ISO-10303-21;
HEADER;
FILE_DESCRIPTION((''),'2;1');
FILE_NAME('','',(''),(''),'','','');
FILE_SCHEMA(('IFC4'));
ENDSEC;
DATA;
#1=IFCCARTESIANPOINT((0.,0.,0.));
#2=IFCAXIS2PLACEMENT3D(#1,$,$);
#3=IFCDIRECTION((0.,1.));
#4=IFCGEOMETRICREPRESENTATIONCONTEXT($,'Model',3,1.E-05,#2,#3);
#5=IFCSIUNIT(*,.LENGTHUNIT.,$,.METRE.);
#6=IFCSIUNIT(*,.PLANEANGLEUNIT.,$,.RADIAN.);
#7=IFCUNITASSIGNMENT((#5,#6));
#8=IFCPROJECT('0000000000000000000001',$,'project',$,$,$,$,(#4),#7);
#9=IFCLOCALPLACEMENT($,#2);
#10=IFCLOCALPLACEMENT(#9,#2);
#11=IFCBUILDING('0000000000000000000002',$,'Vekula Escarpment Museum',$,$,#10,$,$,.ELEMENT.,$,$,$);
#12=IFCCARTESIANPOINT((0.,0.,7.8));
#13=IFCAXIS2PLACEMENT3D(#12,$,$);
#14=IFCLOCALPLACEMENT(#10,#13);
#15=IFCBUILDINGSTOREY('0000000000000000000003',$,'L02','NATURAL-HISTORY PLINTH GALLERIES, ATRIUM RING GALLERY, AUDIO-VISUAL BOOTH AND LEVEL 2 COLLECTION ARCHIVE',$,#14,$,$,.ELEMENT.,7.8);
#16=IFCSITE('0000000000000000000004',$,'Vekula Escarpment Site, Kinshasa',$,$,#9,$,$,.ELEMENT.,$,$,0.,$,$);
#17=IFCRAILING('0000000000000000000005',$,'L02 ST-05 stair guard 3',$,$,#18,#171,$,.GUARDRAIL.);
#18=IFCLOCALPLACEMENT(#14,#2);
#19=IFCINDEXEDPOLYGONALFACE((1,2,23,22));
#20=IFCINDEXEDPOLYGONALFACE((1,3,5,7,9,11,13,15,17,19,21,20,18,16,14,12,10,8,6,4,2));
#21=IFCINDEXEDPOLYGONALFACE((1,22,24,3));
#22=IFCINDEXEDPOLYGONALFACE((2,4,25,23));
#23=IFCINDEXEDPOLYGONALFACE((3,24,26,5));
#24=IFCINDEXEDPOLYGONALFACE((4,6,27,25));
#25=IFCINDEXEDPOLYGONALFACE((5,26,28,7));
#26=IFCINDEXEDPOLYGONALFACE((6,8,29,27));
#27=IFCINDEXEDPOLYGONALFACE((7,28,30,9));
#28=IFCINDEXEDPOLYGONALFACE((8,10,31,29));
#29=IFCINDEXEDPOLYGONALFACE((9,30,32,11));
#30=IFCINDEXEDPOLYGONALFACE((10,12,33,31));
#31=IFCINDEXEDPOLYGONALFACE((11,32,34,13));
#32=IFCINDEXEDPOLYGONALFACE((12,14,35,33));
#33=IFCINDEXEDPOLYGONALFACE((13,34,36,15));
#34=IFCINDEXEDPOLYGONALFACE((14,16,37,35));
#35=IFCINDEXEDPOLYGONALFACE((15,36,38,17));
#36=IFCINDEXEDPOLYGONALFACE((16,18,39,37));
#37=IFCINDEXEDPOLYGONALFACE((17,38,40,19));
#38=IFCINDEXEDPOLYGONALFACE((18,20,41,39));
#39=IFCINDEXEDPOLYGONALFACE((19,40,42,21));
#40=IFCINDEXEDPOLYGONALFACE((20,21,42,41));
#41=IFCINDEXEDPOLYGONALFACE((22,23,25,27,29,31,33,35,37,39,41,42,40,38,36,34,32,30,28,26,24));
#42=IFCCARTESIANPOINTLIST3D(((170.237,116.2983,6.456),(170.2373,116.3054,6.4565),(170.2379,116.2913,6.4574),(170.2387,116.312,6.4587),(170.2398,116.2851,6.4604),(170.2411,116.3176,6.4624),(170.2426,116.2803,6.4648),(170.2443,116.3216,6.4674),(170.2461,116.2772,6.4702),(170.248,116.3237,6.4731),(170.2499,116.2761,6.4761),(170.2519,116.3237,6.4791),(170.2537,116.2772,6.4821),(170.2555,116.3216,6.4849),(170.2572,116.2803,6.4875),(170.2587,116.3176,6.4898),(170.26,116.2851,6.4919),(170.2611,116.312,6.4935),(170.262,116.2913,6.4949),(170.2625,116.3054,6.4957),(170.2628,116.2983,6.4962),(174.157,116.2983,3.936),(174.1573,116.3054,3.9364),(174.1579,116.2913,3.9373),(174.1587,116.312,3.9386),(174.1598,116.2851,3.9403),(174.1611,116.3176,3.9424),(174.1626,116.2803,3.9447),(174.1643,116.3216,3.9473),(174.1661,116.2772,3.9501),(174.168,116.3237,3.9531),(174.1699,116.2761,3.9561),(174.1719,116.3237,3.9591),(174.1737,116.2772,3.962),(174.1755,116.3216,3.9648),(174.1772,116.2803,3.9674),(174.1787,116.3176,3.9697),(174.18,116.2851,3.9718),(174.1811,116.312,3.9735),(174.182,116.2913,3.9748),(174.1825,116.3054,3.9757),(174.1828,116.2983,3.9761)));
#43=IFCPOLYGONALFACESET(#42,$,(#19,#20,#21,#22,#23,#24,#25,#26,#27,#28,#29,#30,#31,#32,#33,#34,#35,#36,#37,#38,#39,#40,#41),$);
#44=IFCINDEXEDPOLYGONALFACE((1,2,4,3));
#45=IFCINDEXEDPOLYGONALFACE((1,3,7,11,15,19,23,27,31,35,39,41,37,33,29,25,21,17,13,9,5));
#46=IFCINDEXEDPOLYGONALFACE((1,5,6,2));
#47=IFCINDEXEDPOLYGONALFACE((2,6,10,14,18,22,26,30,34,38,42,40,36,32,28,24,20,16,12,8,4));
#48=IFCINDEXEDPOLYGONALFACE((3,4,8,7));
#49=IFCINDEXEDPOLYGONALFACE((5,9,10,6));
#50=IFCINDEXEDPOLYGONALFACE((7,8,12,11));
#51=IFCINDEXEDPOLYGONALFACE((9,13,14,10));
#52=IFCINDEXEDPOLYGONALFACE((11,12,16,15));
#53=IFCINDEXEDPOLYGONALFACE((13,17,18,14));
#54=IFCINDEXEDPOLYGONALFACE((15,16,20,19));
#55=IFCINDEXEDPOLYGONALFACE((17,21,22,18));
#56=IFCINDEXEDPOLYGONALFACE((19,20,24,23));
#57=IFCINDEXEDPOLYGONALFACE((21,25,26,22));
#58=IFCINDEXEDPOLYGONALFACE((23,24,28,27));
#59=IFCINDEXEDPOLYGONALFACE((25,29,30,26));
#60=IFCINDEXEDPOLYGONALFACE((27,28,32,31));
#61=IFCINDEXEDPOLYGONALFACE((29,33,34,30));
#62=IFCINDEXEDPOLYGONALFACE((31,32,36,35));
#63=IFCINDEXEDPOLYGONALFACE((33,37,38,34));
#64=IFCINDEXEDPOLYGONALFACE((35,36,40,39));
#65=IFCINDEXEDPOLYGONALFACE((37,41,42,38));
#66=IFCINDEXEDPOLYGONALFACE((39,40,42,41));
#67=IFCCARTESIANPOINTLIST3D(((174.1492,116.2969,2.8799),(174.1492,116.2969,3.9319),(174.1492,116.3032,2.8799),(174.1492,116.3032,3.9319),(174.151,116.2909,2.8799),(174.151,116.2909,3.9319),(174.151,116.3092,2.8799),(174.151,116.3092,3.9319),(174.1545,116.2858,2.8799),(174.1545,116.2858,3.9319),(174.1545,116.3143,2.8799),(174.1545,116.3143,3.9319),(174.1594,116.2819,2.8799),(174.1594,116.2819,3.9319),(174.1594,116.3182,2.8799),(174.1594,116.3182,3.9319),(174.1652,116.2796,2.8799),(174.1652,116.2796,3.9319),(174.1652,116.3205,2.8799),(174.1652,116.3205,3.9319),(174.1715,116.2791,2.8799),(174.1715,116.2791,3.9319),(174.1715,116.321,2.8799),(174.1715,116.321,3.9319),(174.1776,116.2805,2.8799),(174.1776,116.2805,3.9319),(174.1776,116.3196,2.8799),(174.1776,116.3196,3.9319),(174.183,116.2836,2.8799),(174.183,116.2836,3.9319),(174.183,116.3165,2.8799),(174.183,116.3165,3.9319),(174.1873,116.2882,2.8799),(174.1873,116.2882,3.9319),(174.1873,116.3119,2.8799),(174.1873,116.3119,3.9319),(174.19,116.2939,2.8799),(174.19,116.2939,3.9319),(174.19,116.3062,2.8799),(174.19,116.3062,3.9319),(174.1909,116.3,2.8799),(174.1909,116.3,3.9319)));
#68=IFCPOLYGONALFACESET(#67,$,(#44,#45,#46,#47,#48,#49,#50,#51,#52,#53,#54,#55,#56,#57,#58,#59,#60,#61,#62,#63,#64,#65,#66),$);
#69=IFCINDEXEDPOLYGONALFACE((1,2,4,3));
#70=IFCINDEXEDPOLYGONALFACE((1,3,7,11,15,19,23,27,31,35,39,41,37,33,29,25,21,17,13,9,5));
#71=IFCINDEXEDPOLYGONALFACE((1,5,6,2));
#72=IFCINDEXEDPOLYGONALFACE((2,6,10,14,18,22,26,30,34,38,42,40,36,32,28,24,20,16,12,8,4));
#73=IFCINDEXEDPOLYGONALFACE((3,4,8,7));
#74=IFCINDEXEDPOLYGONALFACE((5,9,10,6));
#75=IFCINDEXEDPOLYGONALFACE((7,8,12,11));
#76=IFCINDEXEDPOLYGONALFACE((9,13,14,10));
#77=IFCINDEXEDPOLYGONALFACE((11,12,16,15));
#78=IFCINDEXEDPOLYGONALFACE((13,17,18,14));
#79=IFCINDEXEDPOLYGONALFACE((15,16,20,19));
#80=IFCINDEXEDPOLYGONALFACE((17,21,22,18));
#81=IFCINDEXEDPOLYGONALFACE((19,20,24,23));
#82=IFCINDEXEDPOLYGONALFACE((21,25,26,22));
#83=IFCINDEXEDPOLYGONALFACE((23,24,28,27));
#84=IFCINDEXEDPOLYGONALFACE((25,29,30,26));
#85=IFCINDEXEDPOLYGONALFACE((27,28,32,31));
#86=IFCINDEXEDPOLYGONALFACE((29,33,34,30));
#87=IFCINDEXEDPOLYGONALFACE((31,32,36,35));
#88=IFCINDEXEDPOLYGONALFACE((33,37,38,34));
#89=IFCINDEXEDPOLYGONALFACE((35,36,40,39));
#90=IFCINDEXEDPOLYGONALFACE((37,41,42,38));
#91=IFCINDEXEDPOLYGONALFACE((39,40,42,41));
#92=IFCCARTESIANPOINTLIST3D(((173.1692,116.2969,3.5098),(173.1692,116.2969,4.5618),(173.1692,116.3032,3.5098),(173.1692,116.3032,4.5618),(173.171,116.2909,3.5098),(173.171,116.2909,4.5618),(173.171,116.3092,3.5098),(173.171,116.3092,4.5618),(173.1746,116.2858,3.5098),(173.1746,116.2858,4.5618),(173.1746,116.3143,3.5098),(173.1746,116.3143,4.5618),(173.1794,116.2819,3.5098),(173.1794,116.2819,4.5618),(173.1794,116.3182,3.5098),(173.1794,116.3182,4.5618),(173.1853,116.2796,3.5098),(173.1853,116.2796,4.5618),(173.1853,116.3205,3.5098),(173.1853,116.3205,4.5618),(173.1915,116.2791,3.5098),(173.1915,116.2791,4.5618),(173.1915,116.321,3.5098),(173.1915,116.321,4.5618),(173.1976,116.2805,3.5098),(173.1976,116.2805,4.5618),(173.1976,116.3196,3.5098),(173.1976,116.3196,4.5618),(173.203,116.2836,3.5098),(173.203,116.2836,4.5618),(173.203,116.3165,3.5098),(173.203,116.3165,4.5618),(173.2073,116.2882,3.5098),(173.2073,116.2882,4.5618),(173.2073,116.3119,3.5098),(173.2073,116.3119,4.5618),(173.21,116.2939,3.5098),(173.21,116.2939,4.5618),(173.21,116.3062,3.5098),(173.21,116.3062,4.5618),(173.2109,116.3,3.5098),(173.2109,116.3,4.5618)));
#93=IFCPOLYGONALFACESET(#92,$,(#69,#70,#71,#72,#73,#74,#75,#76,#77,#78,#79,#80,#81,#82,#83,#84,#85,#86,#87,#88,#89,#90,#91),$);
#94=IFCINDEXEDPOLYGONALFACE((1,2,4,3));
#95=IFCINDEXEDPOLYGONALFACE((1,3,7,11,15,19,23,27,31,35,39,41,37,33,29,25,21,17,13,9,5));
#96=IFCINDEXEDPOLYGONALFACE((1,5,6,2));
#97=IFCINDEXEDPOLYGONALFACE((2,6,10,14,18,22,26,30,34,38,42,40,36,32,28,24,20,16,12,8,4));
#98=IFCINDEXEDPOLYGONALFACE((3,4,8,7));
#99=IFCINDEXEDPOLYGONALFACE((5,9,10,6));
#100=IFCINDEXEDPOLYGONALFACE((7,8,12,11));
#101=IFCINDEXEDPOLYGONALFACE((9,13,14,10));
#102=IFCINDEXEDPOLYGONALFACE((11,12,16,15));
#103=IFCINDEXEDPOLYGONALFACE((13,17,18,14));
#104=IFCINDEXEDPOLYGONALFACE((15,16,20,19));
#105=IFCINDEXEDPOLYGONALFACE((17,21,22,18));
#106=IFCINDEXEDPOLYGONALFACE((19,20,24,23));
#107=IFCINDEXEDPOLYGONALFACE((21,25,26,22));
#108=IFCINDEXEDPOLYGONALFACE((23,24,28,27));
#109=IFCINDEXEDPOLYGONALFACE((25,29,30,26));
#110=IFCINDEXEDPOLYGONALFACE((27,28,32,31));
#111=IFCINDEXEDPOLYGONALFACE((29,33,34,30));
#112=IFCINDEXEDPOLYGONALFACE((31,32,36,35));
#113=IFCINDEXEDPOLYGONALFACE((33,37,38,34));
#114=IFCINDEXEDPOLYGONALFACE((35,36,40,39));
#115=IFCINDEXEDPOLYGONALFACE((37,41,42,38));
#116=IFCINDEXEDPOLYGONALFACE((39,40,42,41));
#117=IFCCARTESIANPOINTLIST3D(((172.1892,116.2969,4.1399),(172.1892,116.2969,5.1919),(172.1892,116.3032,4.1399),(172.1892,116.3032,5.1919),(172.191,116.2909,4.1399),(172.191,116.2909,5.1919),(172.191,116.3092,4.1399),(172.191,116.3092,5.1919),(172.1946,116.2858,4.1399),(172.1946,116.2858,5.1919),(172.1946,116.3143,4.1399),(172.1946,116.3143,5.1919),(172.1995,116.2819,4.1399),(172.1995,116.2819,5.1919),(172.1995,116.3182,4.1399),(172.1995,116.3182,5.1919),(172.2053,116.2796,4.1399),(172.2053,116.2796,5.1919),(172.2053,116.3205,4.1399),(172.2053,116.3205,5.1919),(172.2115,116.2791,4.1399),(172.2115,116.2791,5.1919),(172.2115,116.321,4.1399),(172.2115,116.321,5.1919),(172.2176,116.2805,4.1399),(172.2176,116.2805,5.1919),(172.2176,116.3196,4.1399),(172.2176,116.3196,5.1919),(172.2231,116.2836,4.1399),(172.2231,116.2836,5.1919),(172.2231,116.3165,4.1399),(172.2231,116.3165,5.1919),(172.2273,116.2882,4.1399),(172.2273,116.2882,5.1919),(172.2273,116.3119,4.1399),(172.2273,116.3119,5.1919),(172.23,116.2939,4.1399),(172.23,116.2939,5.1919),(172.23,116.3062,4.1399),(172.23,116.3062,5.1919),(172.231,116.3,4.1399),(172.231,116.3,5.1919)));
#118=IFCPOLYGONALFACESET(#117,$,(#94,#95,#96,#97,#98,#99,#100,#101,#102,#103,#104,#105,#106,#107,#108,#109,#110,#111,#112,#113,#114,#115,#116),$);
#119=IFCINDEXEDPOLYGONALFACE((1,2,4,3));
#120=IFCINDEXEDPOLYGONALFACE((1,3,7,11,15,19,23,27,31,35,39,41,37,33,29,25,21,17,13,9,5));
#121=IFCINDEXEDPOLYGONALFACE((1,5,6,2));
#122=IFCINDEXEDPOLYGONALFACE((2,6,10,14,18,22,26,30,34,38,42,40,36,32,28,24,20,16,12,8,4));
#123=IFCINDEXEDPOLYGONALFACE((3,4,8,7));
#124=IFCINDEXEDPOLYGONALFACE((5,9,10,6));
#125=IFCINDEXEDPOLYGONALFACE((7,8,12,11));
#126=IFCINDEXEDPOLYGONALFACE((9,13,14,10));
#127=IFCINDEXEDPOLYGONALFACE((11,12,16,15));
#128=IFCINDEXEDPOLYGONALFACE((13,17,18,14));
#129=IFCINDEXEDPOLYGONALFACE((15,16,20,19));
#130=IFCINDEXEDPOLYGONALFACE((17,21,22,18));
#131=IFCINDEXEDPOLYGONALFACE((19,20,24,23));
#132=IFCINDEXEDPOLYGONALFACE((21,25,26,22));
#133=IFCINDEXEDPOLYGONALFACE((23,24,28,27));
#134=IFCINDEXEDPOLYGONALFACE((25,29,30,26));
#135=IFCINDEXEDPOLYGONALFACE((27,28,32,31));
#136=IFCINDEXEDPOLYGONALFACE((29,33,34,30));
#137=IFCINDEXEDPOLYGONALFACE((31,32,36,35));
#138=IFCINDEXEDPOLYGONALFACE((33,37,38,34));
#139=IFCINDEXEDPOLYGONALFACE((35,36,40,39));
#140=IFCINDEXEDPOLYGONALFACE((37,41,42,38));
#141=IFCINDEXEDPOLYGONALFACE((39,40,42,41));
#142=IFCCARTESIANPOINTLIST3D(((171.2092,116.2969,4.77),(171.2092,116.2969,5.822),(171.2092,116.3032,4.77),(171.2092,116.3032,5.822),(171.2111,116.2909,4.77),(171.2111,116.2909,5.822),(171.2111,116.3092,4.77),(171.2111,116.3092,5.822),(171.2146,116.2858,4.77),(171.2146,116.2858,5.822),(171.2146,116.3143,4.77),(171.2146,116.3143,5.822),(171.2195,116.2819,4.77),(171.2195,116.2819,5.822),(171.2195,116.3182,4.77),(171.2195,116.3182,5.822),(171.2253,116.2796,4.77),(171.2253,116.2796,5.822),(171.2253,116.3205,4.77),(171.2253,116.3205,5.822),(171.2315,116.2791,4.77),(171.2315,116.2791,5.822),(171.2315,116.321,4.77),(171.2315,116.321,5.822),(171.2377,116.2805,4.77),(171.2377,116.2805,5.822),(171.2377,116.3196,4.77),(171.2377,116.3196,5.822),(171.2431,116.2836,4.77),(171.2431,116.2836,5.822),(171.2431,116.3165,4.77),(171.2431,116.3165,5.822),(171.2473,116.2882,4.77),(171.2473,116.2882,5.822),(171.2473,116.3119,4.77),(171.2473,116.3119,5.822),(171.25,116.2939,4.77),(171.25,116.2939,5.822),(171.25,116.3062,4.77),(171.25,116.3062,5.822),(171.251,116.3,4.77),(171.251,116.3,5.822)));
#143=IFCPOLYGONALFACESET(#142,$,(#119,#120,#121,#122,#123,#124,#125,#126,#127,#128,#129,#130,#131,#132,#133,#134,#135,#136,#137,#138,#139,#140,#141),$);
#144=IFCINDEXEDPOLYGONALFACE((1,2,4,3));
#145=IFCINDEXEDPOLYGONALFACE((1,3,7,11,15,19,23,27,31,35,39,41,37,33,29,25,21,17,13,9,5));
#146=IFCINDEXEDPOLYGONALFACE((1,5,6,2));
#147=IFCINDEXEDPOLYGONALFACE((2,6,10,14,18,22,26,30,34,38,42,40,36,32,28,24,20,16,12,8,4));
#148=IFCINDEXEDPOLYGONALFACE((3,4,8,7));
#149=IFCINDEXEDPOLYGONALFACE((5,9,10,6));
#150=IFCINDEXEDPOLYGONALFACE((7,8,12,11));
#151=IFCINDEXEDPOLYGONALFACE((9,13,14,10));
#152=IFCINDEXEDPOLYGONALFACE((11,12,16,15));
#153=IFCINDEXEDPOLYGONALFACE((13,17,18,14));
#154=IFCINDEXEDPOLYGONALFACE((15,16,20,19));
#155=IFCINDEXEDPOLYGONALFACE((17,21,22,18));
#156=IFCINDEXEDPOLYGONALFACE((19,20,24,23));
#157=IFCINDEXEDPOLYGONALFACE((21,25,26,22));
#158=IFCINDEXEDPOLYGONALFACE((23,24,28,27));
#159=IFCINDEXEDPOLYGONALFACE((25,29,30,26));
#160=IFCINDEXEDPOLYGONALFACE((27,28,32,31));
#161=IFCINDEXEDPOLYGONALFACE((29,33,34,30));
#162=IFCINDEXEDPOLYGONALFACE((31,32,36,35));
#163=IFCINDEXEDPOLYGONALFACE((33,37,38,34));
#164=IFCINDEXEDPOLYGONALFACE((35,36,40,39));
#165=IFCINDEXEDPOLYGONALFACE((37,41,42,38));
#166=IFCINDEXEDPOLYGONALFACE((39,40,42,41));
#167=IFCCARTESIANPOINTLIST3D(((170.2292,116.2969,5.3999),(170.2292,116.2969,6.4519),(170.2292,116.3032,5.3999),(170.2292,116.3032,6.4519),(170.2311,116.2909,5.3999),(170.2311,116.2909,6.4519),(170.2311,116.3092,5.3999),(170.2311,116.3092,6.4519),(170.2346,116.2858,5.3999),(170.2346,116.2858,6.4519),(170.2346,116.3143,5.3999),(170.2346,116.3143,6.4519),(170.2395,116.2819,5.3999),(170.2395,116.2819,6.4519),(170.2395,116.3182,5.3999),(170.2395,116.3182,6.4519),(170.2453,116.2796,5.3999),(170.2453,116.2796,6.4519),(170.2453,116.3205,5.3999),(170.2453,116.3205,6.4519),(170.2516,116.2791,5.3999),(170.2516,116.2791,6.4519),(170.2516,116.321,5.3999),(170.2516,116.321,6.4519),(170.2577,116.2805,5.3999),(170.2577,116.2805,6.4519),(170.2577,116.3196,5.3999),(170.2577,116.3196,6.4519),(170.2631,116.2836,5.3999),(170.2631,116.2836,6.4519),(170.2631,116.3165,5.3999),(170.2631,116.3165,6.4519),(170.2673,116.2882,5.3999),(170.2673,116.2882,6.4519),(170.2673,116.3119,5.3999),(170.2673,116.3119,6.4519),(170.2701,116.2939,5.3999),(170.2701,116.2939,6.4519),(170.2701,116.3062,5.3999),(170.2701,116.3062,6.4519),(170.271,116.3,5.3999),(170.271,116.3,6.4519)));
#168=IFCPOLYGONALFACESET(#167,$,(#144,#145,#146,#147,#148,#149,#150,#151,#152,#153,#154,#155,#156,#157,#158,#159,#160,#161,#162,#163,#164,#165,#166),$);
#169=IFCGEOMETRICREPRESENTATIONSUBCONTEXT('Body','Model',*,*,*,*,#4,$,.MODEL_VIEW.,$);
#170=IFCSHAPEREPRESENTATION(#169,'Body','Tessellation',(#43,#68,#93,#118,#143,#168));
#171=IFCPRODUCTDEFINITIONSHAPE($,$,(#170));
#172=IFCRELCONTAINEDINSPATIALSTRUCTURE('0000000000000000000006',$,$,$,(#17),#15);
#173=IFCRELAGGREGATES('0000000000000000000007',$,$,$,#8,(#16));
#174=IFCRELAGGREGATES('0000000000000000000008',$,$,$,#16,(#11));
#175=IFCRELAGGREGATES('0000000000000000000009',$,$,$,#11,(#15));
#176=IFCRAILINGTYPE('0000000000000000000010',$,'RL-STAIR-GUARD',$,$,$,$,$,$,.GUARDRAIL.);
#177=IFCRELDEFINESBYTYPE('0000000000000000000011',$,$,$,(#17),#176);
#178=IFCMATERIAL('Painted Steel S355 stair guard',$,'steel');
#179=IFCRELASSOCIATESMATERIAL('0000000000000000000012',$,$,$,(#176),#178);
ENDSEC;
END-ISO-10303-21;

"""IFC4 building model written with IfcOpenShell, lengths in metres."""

from ifc_helpers import new_model, si_unit, direction, frame, origin, origin_2d, place, context, subcontext, project, spatial, circle, extrude, material, type_object, element, save


model = new_model("IFC4")

# Units and contexts
model_context = context("Model", 3, precision=1e-05, world=origin(), true_north=direction((0.0, 1.0)))
body_context = subcontext(model_context, "Body", "Model", "MODEL_VIEW")
ifc_project = project(units=[si_unit("LENGTHUNIT", "METRE"), si_unit("PLANEANGLEUNIT", "RADIAN")], contexts=[model_context])

# Site, building, storey
site_placement = place(None, origin())
site = spatial("IfcSite", under=ifc_project, at=site_placement, Name="Vekula Escarpment Site, Kinshasa", CompositionType="ELEMENT", RefElevation=0.0)
building_placement = place(site_placement, origin())
building = spatial("IfcBuilding", under=site, at=building_placement, Name="Vekula Escarpment Museum", CompositionType="ELEMENT")
storey_placement = place(building_placement, frame((0.0, 0.0, 7.8)))
storey = spatial("IfcBuildingStorey", under=building, at=storey_placement, Name="L02", Description="NATURAL-HISTORY PLINTH GALLERIES, ATRIUM RING GALLERY, AUDIO-VISUAL BOOTH AND LEVEL 2 COLLECTION ARCHIVE", CompositionType="ELEMENT", Elevation=7.8)

# Railing
ifc_material_1 = material(Name="Painted Steel S355 stair guard", Category="steel")
railing_type_1 = type_object("IfcRailingType", Name="RL-STAIR-GUARD", PredefinedType="GUARDRAIL", material=ifc_material_1)
railing_1_placement = place(storey_placement, frame((174.1699, 116.3, 2.8799)))
element("IfcRailing", 1, at=railing_1_placement, inside=storey, type_object=railing_type_1, Name="L02 ST-05 stair guard 3", PredefinedType="GUARDRAIL", context=body_context, shape_type="SweptSolid", body=[
    extrude(circle(Radius=0.0239, at=origin_2d()), frame((0.0, 0.0, 1.0762), z_axis=(-0.841172, 0.0, 0.540768), x_axis=(0.0, -1.0, 0.0)), (0.0, 0.0, 1.0), 4.6602),
    extrude(circle(Radius=0.021, at=origin_2d()), origin(), (0.0, 0.0, 1.0), 1.052),
    extrude(circle(Radius=0.021, at=origin_2d()), frame((-0.98, 0.0, 0.6299)), (0.0, 0.0, 1.0), 1.052),
    extrude(circle(Radius=0.021, at=origin_2d()), frame((-1.96, 0.0, 1.26)), (0.0, 0.0, 1.0), 1.052),
    extrude(circle(Radius=0.021, at=origin_2d()), frame((-2.9399, 0.0, 1.8901)), (0.0, 0.0, 1.0), 1.052),
    extrude(circle(Radius=0.021, at=origin_2d()), frame((-3.9199, 0.0, 2.52)), (0.0, 0.0, 1.0), 1.052),
])

save(model, "model.ifc")
